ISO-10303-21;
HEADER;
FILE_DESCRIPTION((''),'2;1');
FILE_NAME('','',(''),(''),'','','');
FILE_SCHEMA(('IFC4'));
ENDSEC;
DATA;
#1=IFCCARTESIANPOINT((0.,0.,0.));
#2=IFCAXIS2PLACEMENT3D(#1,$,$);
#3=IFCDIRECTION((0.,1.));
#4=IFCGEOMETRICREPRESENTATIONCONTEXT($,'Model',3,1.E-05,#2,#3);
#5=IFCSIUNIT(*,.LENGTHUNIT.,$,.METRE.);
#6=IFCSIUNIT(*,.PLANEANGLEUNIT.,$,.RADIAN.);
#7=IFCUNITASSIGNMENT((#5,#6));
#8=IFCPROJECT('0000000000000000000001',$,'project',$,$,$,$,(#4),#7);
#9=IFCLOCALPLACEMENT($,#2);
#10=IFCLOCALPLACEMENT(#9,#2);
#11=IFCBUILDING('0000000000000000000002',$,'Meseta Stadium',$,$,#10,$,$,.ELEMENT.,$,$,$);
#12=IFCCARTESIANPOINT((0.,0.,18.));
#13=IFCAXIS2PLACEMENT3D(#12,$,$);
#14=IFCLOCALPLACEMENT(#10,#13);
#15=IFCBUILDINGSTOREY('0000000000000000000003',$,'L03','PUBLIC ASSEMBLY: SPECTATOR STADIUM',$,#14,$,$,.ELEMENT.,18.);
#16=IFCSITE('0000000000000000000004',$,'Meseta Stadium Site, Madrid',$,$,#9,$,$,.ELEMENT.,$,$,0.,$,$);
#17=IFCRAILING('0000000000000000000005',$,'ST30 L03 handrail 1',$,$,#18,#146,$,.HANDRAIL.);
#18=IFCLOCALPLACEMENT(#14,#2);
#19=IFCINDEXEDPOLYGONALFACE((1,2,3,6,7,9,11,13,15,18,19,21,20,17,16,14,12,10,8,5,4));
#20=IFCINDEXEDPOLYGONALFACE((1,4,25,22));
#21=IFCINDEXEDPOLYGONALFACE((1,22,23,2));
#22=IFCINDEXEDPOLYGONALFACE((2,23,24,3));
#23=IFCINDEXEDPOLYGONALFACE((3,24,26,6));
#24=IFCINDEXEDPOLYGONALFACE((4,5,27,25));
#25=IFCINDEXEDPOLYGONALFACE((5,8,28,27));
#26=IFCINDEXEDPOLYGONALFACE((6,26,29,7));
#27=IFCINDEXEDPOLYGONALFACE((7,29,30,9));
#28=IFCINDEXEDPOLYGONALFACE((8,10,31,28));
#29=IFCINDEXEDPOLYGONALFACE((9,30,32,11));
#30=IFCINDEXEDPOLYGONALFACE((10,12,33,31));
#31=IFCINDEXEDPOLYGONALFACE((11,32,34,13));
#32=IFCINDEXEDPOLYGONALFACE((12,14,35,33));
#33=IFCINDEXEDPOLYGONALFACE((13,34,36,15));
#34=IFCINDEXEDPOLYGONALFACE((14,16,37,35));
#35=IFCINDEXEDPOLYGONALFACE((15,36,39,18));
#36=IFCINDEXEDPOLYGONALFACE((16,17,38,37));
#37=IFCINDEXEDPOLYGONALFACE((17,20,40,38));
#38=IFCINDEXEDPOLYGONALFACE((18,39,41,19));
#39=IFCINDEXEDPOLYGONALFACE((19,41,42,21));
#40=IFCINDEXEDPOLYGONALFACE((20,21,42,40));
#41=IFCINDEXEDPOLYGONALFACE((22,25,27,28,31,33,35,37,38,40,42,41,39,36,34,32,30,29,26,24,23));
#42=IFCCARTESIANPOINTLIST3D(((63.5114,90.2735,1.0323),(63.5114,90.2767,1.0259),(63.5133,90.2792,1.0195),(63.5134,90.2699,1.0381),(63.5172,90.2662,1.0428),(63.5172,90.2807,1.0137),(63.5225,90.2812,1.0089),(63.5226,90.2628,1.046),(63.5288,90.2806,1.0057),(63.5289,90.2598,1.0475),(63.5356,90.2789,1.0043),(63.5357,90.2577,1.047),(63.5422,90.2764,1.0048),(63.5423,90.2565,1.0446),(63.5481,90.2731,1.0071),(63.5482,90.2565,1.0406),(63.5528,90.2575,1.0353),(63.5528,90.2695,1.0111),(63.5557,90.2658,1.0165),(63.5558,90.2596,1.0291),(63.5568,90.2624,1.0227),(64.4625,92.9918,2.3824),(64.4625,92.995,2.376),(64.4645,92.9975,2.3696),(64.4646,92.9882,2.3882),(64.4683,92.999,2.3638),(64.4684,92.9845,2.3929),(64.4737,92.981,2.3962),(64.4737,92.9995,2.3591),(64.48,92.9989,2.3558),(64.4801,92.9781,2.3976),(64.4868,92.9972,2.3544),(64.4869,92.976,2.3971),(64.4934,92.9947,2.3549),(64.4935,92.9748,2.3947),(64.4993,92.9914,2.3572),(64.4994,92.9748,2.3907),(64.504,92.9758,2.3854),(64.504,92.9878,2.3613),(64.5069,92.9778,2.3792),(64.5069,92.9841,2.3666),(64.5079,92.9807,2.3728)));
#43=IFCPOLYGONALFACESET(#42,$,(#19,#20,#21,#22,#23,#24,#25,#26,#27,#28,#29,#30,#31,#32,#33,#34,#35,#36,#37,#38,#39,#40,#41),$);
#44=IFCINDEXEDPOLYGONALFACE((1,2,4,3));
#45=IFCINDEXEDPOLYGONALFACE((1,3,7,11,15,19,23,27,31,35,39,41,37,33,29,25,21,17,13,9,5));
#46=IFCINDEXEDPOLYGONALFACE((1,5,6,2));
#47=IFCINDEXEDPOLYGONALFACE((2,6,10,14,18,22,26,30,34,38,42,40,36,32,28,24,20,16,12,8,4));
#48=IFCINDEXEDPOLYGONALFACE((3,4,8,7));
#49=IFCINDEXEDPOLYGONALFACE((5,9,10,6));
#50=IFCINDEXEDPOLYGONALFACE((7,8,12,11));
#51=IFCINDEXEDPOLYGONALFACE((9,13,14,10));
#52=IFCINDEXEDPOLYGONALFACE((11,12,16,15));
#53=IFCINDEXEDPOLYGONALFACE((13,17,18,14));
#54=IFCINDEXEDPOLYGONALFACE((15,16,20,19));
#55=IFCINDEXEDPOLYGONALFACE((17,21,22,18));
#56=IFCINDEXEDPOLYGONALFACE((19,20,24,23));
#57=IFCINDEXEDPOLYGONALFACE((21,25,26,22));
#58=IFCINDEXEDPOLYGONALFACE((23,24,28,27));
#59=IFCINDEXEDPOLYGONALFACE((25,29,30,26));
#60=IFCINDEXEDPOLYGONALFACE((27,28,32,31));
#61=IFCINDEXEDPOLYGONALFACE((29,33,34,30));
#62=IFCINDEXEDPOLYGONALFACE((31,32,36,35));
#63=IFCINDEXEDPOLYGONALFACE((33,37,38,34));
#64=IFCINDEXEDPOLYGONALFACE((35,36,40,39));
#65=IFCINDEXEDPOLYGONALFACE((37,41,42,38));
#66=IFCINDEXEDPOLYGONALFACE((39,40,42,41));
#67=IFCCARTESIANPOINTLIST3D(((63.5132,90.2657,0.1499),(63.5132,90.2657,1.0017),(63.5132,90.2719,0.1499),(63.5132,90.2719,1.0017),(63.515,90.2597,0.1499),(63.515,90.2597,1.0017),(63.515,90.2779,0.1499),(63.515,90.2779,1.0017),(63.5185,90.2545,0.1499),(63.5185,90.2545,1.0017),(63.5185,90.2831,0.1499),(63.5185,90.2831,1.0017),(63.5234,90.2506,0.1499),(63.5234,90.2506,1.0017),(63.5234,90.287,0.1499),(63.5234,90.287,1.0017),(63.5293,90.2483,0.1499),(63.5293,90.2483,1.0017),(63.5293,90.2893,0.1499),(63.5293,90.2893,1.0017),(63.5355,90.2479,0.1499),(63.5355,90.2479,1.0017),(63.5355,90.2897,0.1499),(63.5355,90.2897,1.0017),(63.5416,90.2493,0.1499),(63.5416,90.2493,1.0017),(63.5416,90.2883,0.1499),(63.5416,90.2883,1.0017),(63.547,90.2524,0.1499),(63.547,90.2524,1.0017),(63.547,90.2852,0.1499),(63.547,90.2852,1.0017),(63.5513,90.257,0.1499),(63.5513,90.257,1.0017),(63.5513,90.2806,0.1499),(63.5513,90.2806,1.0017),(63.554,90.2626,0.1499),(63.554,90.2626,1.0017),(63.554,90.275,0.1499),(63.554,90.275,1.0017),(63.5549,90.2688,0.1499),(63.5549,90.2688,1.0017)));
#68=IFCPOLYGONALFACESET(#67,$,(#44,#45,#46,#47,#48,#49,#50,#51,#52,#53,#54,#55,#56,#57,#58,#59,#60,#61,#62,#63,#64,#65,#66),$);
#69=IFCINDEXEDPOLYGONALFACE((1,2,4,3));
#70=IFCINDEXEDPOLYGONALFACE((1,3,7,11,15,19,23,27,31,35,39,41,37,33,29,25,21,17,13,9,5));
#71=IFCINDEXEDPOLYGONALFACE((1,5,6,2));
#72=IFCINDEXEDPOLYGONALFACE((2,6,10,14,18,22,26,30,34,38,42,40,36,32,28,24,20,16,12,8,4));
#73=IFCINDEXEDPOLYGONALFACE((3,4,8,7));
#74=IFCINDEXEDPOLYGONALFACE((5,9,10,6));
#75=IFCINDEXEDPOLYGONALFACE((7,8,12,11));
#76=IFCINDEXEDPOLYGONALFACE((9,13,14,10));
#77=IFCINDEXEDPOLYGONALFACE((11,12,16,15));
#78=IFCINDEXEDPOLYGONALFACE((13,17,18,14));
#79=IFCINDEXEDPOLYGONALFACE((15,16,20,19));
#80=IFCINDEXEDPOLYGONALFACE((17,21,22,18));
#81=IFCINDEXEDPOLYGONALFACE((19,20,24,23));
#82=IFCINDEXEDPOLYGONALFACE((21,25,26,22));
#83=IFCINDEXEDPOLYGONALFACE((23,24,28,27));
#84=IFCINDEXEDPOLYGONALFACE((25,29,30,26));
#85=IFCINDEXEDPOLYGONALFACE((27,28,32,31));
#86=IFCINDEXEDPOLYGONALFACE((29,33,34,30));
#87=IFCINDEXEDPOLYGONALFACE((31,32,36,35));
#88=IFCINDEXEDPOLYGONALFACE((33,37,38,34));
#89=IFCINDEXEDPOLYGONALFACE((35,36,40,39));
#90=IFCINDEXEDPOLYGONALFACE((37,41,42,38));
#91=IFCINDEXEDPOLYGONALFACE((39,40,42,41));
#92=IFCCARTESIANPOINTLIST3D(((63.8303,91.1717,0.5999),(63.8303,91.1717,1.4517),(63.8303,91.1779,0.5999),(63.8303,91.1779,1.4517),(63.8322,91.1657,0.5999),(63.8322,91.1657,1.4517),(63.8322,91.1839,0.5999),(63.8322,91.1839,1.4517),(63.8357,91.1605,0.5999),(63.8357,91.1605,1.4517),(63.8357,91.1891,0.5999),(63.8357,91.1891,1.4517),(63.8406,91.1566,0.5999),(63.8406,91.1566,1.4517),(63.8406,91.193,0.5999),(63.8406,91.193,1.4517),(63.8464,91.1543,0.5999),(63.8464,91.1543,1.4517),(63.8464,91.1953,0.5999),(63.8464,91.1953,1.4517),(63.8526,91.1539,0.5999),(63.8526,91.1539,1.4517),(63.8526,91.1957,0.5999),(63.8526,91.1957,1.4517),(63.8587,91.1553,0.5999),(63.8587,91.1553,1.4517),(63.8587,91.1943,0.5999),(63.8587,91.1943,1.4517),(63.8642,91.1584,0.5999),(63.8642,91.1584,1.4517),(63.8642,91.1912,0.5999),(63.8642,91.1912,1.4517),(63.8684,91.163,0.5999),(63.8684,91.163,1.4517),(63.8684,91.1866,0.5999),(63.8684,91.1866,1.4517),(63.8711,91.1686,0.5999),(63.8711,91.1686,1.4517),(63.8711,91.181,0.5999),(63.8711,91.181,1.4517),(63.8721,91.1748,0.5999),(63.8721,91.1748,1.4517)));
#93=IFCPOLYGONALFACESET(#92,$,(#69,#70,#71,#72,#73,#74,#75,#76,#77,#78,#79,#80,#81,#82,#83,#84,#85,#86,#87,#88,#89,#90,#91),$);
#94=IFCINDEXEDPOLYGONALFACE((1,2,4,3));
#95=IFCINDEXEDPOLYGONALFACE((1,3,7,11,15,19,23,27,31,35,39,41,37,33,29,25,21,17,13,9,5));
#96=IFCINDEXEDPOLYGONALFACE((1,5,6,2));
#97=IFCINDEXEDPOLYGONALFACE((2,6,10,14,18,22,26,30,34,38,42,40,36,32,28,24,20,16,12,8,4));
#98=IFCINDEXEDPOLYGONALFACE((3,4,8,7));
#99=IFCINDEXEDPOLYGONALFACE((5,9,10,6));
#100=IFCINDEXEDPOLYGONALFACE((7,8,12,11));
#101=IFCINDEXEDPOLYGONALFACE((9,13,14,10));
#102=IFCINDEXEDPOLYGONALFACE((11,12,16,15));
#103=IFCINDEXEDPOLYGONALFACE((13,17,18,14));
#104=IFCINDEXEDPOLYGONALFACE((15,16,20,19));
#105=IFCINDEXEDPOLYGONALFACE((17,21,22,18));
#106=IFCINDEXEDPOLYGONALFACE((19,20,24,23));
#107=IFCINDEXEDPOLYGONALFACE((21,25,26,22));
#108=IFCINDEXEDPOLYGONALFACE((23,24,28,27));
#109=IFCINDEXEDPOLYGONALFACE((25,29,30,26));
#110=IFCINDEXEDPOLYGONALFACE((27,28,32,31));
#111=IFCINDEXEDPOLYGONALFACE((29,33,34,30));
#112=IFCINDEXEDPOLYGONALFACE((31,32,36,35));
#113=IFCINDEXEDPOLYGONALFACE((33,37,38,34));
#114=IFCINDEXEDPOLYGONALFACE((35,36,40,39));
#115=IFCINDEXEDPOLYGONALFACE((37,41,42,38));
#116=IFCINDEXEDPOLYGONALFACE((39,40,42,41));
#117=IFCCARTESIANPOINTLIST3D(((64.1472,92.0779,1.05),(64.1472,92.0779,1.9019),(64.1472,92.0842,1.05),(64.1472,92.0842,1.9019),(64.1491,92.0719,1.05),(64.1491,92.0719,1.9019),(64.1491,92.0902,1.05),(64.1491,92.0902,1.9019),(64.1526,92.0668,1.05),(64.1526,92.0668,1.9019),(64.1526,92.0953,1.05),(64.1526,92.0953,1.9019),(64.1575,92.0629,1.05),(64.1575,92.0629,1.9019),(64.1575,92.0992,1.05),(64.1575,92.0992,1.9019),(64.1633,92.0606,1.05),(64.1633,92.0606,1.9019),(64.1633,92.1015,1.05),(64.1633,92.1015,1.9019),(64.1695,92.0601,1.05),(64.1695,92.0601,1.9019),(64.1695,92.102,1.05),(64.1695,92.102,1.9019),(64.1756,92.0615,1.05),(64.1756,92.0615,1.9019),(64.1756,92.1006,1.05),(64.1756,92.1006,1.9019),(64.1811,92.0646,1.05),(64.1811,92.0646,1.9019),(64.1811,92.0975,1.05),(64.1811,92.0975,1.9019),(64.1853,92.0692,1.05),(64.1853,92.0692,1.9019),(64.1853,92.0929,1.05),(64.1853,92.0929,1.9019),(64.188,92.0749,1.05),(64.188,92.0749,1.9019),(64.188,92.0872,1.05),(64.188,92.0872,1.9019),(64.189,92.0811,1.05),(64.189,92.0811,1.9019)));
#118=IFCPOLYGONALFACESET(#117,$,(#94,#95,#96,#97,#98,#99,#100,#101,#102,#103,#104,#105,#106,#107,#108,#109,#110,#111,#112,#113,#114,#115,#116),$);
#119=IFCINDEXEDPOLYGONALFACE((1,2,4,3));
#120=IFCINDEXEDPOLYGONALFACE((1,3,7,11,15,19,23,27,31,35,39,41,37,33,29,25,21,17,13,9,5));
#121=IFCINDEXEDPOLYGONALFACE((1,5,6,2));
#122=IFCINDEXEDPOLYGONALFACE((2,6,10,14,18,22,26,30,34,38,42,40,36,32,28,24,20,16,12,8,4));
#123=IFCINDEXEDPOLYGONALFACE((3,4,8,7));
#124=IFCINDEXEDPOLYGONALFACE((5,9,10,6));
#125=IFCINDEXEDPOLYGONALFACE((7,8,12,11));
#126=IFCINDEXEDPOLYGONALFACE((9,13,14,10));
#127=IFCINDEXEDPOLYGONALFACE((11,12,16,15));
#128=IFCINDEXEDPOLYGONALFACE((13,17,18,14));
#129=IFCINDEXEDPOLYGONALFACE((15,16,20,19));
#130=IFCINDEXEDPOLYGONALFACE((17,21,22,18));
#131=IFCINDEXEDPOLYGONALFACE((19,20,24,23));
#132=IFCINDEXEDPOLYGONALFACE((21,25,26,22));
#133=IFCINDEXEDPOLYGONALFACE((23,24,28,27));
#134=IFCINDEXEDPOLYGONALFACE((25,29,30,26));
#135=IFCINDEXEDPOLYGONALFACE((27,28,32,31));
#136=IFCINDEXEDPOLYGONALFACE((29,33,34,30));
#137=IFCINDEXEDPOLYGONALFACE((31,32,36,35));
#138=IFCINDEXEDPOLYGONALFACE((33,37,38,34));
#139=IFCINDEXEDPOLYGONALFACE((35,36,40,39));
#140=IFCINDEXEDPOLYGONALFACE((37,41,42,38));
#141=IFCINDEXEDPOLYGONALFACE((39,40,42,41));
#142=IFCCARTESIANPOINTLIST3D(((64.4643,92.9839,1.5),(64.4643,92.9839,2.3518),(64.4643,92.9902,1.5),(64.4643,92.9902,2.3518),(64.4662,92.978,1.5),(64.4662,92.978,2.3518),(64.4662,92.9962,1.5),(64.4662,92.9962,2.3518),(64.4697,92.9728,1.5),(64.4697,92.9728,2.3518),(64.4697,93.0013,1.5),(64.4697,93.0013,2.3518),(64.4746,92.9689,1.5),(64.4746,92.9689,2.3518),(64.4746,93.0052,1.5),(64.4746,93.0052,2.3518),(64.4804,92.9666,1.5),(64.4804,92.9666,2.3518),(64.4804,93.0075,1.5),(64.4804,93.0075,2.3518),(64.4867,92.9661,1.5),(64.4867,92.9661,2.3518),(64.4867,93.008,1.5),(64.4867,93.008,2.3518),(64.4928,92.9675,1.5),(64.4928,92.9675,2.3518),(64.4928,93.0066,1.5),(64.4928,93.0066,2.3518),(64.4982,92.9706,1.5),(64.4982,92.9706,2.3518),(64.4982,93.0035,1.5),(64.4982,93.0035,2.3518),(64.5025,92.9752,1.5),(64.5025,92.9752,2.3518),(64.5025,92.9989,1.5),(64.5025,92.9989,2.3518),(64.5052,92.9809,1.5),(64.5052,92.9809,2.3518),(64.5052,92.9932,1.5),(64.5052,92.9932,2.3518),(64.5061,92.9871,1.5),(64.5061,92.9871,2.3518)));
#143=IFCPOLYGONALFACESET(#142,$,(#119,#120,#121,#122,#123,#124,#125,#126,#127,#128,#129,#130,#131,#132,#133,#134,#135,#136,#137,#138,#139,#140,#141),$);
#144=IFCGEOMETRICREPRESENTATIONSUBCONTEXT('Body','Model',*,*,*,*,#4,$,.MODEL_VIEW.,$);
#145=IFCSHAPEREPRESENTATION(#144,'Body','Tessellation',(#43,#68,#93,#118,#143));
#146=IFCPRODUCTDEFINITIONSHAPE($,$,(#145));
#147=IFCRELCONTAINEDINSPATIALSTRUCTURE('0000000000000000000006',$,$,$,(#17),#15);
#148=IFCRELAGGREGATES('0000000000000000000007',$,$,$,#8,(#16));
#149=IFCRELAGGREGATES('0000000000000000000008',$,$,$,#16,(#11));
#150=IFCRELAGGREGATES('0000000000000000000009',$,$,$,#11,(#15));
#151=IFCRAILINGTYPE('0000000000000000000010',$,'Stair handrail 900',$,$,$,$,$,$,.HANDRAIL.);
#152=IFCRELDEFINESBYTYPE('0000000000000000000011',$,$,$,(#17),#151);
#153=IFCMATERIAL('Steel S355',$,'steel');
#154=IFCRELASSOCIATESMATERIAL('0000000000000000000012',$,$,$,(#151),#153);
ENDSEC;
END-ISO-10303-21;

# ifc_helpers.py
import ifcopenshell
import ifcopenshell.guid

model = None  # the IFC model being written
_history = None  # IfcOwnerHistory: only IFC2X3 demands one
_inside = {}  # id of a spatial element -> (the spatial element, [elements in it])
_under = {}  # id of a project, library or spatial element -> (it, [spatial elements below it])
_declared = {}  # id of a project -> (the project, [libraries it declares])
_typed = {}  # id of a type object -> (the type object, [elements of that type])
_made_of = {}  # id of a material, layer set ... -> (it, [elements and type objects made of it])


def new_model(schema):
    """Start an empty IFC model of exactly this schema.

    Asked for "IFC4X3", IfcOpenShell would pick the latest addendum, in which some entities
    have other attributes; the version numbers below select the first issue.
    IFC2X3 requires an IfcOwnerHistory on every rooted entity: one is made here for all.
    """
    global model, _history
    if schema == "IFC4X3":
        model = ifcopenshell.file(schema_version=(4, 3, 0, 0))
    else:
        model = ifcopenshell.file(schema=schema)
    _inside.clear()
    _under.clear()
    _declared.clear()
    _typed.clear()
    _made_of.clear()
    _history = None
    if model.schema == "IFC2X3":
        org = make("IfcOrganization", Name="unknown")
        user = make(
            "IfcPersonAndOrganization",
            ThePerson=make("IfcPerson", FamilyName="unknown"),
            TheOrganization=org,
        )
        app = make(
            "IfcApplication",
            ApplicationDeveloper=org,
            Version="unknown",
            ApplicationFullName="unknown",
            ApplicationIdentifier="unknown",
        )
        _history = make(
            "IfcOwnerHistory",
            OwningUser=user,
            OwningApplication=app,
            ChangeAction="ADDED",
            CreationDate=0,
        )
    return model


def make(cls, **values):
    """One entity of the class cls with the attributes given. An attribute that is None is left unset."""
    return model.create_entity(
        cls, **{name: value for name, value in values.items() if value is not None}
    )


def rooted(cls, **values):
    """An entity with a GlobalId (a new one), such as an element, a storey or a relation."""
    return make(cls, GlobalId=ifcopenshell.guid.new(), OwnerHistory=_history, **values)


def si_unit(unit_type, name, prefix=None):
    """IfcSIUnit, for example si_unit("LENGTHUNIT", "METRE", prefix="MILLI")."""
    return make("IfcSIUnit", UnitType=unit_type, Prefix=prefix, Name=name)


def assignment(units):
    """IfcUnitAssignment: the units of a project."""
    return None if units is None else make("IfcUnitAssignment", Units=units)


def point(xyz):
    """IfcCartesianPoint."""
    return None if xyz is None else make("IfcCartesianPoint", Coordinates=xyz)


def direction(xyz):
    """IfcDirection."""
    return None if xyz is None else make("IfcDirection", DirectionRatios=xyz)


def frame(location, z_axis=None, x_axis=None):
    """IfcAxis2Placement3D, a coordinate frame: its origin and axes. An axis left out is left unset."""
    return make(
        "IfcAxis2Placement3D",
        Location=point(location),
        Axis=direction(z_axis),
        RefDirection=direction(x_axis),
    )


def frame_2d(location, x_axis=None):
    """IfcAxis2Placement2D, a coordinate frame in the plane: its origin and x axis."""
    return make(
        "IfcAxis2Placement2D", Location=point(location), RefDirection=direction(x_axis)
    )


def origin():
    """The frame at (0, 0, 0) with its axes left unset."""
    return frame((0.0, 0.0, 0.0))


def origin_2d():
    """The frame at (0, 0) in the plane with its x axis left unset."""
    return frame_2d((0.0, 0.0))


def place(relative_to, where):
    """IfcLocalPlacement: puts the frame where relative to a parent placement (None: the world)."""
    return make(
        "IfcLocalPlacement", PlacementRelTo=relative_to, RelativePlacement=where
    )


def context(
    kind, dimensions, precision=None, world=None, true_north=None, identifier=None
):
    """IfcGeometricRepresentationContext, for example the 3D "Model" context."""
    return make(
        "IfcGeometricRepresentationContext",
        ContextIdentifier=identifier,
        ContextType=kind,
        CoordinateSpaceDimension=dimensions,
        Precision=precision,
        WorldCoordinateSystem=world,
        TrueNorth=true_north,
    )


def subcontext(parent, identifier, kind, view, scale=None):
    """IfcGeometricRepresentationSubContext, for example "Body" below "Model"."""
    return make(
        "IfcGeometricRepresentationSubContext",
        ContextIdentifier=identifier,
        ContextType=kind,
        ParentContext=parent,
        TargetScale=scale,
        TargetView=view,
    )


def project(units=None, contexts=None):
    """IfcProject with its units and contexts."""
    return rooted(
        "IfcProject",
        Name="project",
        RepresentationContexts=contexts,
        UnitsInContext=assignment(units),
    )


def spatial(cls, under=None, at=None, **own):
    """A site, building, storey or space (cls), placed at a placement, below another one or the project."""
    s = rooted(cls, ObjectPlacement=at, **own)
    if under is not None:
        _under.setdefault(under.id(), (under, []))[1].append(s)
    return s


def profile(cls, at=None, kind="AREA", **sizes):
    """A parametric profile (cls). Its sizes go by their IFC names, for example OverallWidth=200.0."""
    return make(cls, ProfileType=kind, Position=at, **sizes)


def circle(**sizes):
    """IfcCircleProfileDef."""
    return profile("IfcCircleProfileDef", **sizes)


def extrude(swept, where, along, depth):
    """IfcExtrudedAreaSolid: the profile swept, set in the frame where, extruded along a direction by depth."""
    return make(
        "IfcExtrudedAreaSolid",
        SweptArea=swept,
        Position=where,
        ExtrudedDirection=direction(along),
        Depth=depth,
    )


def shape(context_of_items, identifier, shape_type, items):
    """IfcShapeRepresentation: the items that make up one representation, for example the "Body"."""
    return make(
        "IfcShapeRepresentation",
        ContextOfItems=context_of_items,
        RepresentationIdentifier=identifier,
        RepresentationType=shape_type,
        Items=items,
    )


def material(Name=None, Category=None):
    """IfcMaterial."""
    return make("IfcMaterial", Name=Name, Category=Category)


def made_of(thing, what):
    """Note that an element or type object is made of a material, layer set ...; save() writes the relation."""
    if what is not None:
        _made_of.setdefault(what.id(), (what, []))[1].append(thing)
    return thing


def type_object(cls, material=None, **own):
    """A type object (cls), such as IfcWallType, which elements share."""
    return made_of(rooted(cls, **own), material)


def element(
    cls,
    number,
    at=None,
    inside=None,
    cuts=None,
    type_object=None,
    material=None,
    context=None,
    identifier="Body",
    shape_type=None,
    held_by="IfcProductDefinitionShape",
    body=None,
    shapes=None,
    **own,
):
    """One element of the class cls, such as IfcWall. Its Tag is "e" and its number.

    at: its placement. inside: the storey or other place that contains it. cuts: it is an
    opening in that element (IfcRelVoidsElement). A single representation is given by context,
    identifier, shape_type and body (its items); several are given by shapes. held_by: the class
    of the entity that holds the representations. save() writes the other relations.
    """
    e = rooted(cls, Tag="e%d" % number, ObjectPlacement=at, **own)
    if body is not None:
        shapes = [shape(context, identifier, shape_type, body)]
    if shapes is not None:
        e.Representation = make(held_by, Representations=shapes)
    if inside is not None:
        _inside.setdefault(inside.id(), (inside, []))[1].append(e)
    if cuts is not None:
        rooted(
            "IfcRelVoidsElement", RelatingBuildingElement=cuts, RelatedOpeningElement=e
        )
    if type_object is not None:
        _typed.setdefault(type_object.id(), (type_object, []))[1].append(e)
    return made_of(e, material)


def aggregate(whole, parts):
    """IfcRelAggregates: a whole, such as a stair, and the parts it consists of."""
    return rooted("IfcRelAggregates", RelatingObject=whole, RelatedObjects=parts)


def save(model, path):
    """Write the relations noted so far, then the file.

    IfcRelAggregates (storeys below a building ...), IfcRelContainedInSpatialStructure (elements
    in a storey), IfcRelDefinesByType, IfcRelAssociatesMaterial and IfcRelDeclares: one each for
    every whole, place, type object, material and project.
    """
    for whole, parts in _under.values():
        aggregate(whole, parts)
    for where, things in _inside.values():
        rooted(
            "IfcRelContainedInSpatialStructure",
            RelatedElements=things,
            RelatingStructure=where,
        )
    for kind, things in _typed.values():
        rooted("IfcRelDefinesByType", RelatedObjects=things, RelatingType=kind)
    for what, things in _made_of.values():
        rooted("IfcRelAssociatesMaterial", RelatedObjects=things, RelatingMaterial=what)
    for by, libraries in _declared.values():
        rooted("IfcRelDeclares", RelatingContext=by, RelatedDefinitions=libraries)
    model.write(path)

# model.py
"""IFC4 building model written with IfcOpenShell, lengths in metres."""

from ifc_helpers import new_model, si_unit, direction, frame, origin, origin_2d, place, context, subcontext, project, spatial, circle, extrude, material, type_object, element, save


model = new_model("IFC4")

# Units and contexts
model_context = context("Model", 3, precision=1e-05, world=origin(), true_north=direction((0.0, 1.0)))
body_context = subcontext(model_context, "Body", "Model", "MODEL_VIEW")
ifc_project = project(units=[si_unit("LENGTHUNIT", "METRE"), si_unit("PLANEANGLEUNIT", "RADIAN")], contexts=[model_context])

# Site, building, storey
site_placement = place(None, origin())
site = spatial("IfcSite", under=ifc_project, at=site_placement, Name="Meseta Stadium Site, Madrid", CompositionType="ELEMENT", RefElevation=0.0)
building_placement = place(site_placement, origin())
building = spatial("IfcBuilding", under=site, at=building_placement, Name="Meseta Stadium", CompositionType="ELEMENT")
storey_placement = place(building_placement, frame((0.0, 0.0, 18.0)))
storey = spatial("IfcBuildingStorey", under=building, at=storey_placement, Name="L03", Description="PUBLIC ASSEMBLY: SPECTATOR STADIUM", CompositionType="ELEMENT", Elevation=18.0)

# Railing
ifc_material_1 = material(Name="Steel S355", Category="steel")
railing_type_1 = type_object("IfcRailingType", Name="Stair handrail 900", PredefinedType="HANDRAIL", material=ifc_material_1)
for number, where, name in (
    (1, (63.5339, 90.2688, 0.1499), "ST30 L03 handrail 1"),
):
    element("IfcRailing", number, at=place(storey_placement, frame(where)), inside=storey, type_object=railing_type_1, Name=name, PredefinedType="HANDRAIL", context=body_context, shape_type="SweptSolid", body=[
        extrude(circle(Radius=0.0239, at=origin_2d()), frame((0.0, 0.0, 0.876), z_axis=(0.299051, 0.854629, 0.424474), x_axis=(-0.943882, 0.330282, 0.0)), (0.0, 0.0, 1.0), 3.1807),
        extrude(circle(Radius=0.021, at=origin_2d()), origin(), (0.0, 0.0, 1.0), 0.8518),
        extrude(circle(Radius=0.021, at=origin_2d()), frame((0.3171, 0.906, 0.45)), (0.0, 0.0, 1.0), 0.8518),
        extrude(circle(Radius=0.021, at=origin_2d()), frame((0.634, 1.8123, 0.9001)), (0.0, 0.0, 1.0), 0.8518),
        extrude(circle(Radius=0.021, at=origin_2d()), frame((0.9512, 2.7183, 1.3501)), (0.0, 0.0, 1.0), 0.8518),
    ])

save(model, "model.ifc")
